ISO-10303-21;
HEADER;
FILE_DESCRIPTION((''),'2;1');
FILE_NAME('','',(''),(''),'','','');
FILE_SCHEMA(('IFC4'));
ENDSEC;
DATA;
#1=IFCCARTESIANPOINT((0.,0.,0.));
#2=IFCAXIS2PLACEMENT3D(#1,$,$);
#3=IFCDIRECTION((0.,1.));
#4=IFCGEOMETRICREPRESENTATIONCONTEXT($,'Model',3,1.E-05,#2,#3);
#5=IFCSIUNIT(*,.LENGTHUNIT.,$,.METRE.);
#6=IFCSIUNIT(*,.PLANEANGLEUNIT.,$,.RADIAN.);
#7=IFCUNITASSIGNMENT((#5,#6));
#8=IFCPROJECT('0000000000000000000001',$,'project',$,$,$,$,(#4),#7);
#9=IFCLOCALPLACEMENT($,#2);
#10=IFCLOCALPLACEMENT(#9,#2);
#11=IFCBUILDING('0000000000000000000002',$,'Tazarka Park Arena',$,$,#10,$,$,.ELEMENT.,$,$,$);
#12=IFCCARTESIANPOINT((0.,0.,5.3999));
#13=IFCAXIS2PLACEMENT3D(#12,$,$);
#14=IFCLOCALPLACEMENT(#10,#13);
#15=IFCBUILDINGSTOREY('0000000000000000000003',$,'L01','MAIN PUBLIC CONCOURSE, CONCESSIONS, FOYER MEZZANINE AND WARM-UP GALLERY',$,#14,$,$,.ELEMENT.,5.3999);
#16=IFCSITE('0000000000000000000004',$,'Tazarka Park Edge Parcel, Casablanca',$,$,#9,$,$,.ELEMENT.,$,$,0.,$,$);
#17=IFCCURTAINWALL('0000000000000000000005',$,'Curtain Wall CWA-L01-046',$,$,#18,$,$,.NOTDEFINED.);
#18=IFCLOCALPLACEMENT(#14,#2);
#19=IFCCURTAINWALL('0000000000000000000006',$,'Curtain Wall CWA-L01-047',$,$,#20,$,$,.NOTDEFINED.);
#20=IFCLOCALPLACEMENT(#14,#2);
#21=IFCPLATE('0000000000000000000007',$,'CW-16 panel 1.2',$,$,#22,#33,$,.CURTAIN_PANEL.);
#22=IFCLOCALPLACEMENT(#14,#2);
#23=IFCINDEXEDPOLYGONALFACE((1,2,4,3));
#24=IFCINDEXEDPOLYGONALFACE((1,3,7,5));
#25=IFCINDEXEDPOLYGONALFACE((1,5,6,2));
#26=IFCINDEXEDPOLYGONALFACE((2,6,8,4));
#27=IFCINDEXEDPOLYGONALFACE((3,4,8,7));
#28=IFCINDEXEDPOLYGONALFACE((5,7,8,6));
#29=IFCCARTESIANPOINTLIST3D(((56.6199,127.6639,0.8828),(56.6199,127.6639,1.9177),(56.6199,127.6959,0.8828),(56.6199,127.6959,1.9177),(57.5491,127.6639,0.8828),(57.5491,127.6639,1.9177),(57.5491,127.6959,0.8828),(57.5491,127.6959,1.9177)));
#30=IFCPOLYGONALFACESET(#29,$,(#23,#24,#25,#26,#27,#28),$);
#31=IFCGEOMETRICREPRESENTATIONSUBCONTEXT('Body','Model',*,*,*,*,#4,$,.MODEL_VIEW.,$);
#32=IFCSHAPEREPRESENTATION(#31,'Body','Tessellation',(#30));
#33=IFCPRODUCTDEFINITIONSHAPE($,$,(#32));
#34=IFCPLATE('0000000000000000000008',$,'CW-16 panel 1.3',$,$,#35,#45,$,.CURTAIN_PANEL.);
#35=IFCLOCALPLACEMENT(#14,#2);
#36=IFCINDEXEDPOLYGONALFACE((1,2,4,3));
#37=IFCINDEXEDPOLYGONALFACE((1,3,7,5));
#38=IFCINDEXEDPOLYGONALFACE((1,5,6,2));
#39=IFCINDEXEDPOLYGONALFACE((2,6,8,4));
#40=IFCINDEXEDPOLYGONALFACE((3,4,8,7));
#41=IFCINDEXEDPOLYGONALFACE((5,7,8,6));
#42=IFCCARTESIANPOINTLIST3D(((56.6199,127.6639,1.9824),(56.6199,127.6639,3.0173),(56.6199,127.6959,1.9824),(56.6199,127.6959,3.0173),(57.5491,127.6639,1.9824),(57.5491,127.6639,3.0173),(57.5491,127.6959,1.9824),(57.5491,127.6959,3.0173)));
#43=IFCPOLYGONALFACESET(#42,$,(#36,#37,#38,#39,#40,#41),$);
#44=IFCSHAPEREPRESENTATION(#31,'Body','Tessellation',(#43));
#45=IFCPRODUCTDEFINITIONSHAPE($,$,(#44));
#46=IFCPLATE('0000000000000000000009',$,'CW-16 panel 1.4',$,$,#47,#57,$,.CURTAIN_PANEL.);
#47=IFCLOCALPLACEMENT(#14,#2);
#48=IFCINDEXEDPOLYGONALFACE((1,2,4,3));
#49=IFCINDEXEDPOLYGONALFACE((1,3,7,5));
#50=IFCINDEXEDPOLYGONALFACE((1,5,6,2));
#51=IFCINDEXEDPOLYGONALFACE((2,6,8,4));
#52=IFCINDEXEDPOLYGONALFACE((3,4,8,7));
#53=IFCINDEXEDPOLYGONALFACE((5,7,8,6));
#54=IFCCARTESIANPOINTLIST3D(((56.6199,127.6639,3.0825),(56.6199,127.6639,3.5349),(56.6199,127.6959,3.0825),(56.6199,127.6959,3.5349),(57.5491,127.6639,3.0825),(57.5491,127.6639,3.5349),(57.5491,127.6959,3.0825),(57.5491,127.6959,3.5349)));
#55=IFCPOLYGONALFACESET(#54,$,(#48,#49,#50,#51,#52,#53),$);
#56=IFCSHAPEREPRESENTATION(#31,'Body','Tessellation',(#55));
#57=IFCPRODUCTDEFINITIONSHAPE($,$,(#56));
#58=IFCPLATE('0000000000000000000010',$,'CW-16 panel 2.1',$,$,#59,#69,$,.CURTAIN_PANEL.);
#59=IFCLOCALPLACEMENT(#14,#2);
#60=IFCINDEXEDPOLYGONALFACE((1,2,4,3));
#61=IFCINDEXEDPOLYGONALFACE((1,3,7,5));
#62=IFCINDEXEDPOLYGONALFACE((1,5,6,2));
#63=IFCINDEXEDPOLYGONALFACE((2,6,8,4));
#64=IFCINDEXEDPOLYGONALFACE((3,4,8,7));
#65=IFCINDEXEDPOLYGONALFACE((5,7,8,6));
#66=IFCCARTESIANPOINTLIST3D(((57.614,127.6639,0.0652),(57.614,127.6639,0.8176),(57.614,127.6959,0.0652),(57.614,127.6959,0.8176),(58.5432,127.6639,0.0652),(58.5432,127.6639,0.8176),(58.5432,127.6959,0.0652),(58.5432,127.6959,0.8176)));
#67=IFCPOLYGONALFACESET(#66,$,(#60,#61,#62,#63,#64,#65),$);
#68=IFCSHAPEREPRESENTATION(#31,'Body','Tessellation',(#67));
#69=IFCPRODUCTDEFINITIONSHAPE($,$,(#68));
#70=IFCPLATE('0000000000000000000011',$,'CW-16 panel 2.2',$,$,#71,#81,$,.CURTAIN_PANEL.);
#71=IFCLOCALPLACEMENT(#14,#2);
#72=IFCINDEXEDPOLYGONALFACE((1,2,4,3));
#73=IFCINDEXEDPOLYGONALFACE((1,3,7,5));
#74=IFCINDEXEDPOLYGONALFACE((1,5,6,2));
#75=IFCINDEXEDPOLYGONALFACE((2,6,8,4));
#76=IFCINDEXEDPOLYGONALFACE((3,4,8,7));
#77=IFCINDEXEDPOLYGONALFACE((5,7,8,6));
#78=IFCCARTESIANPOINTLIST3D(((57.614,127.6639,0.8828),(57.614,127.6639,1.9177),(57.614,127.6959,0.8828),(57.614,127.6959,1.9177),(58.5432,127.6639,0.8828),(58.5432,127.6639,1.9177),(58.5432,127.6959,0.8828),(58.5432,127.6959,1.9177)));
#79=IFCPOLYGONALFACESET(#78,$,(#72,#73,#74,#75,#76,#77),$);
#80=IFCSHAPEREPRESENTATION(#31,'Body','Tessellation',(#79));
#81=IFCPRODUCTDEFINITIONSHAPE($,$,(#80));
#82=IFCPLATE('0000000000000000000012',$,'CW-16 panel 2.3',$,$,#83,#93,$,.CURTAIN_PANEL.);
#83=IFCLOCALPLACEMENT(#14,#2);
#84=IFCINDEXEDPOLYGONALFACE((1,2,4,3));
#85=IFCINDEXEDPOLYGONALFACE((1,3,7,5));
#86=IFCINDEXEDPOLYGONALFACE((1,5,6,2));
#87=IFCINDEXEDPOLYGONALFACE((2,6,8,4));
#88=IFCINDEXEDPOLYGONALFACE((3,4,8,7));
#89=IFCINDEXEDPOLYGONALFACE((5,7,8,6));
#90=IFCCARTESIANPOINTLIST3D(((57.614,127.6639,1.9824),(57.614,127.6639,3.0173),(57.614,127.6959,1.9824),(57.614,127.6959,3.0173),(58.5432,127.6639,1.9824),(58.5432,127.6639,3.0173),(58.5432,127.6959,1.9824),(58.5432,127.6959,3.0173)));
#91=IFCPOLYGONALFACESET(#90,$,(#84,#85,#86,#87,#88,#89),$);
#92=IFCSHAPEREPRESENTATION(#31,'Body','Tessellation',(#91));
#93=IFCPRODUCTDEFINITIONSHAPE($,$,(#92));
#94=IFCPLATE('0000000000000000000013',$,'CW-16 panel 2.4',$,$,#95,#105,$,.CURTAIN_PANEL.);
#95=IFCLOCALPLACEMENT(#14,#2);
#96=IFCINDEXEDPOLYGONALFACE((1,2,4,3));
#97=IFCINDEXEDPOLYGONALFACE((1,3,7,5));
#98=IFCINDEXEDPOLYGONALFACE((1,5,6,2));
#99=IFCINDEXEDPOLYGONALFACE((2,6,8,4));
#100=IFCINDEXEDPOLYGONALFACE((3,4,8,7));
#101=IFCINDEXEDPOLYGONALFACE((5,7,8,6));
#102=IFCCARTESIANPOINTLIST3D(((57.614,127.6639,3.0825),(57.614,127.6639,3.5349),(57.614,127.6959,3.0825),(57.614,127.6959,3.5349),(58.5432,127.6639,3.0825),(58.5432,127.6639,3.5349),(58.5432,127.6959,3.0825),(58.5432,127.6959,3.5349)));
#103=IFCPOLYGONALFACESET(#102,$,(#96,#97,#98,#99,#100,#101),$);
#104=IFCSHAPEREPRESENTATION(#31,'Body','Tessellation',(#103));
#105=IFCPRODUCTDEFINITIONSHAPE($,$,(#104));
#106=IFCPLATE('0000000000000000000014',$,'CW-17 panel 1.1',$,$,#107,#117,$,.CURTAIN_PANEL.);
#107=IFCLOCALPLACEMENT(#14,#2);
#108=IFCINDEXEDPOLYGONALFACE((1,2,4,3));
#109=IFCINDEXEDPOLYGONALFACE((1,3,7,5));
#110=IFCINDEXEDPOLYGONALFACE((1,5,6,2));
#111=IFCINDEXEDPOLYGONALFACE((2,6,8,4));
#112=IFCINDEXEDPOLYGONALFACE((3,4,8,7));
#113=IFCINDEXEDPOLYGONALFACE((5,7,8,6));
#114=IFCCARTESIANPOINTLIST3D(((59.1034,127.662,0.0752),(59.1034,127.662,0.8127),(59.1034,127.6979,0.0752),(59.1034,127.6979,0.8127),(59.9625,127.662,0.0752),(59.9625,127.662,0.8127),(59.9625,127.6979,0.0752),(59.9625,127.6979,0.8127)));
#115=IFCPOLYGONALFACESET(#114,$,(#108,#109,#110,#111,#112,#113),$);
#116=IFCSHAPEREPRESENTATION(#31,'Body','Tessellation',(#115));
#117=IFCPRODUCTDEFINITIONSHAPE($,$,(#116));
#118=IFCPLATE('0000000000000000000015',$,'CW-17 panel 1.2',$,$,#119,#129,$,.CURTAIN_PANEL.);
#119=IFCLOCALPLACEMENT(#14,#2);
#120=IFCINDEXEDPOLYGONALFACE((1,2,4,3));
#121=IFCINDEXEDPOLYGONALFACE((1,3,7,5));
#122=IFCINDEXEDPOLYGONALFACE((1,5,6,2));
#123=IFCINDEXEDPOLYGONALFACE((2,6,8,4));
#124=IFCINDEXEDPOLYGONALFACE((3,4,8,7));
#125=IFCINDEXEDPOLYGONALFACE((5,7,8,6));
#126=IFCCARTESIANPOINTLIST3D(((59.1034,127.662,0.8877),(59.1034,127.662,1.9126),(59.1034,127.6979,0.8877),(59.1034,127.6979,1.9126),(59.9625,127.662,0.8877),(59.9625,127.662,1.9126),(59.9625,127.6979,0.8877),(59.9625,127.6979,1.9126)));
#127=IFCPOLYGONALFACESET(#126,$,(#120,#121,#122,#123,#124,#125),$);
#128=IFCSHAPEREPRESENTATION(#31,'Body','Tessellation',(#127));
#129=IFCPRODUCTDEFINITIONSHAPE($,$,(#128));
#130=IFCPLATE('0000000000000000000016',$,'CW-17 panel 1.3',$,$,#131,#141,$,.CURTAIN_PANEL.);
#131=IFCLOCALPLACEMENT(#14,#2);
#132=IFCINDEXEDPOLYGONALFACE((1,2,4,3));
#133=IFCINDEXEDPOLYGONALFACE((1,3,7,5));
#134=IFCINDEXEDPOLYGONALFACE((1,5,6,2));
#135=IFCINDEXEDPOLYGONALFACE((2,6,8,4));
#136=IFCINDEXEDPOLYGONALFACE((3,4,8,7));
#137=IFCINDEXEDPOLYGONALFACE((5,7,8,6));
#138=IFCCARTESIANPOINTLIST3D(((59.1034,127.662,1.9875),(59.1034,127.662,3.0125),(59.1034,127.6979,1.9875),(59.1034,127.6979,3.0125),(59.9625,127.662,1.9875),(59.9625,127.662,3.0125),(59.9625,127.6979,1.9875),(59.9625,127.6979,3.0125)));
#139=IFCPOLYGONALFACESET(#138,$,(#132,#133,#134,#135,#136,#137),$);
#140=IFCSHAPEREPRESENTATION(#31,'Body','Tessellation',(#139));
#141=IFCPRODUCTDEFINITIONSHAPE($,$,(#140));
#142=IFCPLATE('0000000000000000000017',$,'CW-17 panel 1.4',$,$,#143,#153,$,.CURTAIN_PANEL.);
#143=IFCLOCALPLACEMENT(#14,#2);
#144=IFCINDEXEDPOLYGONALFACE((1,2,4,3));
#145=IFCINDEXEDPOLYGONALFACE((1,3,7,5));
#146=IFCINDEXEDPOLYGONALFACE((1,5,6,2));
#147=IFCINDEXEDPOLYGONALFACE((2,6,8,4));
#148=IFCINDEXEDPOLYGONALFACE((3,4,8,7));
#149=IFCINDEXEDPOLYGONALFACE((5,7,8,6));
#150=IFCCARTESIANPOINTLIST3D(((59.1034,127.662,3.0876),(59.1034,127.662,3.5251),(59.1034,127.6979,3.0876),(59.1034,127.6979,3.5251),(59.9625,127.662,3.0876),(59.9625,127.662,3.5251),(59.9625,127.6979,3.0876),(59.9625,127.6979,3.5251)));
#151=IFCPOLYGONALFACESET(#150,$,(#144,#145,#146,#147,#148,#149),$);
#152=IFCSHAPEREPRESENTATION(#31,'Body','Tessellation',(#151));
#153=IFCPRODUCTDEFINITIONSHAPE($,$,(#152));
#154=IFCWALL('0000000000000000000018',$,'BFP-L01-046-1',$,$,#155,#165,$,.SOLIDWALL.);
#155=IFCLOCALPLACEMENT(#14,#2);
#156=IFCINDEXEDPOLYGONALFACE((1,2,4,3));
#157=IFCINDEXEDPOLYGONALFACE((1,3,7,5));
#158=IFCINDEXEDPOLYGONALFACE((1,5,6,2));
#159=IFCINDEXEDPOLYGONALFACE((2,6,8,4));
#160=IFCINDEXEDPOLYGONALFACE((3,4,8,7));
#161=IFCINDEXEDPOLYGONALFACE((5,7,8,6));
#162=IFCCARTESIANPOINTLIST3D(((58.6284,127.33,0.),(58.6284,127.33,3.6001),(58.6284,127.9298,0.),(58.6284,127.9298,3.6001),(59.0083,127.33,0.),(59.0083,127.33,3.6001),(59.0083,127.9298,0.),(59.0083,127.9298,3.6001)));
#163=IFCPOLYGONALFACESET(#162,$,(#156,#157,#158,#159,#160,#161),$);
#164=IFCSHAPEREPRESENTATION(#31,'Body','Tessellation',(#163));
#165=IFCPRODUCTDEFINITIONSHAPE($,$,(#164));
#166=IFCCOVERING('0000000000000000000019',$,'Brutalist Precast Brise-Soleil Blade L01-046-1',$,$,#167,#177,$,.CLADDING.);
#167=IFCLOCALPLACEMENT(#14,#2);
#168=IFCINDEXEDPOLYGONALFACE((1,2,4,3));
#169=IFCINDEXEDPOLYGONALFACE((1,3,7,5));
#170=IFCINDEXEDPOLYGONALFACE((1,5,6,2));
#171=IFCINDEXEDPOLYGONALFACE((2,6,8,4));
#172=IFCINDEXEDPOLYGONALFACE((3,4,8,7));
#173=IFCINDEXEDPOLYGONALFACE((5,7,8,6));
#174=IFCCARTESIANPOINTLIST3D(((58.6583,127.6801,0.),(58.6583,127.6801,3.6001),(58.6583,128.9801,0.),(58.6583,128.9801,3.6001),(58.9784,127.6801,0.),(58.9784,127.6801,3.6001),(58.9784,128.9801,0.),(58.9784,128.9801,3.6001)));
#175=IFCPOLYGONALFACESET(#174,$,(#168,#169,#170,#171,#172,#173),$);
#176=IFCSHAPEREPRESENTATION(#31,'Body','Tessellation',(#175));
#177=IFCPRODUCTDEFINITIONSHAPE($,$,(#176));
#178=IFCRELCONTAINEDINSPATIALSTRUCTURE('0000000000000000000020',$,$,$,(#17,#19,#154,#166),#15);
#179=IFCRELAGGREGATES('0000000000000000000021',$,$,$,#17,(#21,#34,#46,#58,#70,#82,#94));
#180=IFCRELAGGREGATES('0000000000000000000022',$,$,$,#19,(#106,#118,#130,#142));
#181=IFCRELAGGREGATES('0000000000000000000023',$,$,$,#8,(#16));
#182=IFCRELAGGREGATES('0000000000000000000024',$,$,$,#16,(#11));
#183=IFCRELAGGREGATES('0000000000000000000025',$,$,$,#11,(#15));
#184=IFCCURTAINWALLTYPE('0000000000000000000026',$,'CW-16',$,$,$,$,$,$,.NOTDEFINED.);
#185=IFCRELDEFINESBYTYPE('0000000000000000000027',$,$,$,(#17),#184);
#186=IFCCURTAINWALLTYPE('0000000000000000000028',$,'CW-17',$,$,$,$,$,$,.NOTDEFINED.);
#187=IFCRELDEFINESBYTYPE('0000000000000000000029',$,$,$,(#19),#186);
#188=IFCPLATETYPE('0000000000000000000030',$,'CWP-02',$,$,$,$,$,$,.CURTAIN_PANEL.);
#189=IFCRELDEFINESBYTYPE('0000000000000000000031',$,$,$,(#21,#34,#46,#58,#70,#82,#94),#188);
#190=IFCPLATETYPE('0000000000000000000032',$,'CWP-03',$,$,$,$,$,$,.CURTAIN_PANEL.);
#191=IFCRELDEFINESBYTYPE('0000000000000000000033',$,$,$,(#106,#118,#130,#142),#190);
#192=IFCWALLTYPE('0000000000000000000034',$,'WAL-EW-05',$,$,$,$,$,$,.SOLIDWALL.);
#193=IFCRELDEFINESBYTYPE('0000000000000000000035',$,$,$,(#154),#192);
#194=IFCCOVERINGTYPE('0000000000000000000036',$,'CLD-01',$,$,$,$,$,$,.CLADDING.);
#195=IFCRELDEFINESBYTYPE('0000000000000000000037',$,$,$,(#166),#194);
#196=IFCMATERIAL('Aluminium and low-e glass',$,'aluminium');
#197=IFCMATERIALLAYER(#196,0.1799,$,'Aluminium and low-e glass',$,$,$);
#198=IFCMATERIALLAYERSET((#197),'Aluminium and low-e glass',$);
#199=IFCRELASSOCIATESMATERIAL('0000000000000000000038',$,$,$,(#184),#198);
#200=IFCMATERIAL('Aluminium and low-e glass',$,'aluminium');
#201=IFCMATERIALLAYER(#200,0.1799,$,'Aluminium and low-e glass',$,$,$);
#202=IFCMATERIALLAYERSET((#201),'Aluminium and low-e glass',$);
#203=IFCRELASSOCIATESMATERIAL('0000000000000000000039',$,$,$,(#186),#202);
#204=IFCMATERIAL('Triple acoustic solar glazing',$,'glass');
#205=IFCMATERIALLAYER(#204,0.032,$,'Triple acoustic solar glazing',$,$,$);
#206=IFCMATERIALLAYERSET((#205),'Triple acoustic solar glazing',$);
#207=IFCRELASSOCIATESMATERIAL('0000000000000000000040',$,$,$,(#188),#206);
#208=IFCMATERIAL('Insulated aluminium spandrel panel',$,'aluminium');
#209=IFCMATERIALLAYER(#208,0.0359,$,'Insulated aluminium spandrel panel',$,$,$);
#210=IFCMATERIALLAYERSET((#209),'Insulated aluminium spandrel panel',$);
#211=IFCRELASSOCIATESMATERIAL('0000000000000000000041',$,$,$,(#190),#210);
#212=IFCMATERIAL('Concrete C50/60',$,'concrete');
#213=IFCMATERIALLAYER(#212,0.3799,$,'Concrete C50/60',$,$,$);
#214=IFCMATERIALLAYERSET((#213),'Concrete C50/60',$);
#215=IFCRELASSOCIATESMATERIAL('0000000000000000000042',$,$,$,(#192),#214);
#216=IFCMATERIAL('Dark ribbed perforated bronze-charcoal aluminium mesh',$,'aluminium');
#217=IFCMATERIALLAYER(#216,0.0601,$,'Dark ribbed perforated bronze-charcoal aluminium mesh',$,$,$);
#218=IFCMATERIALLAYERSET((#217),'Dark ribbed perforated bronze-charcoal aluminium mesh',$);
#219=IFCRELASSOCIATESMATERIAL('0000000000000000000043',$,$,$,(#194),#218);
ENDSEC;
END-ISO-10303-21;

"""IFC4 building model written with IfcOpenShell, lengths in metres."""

from ifc_helpers import new_model, si_unit, direction, frame, frame_2d, origin, origin_2d, place, context, subcontext, project, spatial, rectangle, extrude, material, layer, layer_set, type_object, element, aggregate, save


model = new_model("IFC4")

# Units and contexts
model_context = context("Model", 3, precision=1e-05, world=origin(), true_north=direction((0.0, 1.0)))
body_context = subcontext(model_context, "Body", "Model", "MODEL_VIEW")
ifc_project = project(units=[si_unit("LENGTHUNIT", "METRE"), si_unit("PLANEANGLEUNIT", "RADIAN")], contexts=[model_context])

# Site, building, storey
site_placement = place(None, origin())
site = spatial("IfcSite", under=ifc_project, at=site_placement, Name="Tazarka Park Edge Parcel, Casablanca", CompositionType="ELEMENT", RefElevation=0.0)
building_placement = place(site_placement, origin())
building = spatial("IfcBuilding", under=site, at=building_placement, Name="Tazarka Park Arena", CompositionType="ELEMENT")
storey_placement = place(building_placement, frame((0.0, 0.0, 5.3999)))
storey = spatial("IfcBuildingStorey", under=building, at=storey_placement, Name="L01", Description="MAIN PUBLIC CONCOURSE, CONCESSIONS, FOYER MEZZANINE AND WARM-UP GALLERY", CompositionType="ELEMENT", Elevation=5.3999)

# Curtain wall
ifc_material_1 = material(Name="Aluminium and low-e glass", Category="aluminium")
ifc_layer_1 = layer(ifc_material_1, 0.1799, Name="Aluminium and low-e glass")
ifc_layer_set_1 = layer_set([ifc_layer_1], Name="Aluminium and low-e glass")
curtain_wall_type_1 = type_object("IfcCurtainWallType", Name="CW-16", PredefinedType="NOTDEFINED", material=ifc_layer_set_1)
curtain_wall_1_placement = place(storey_placement, origin())
curtain_wall_1 = element("IfcCurtainWall", 1, at=curtain_wall_1_placement, inside=storey, type_object=curtain_wall_type_1, Name="Curtain Wall CWA-L01-046", PredefinedType="NOTDEFINED")

# Curtain wall
ifc_material_2 = material(Name="Aluminium and low-e glass", Category="aluminium")
ifc_layer_2 = layer(ifc_material_2, 0.1799, Name="Aluminium and low-e glass")
ifc_layer_set_2 = layer_set([ifc_layer_2], Name="Aluminium and low-e glass")
curtain_wall_type_2 = type_object("IfcCurtainWallType", Name="CW-17", PredefinedType="NOTDEFINED", material=ifc_layer_set_2)
curtain_wall_2_placement = place(storey_placement, origin())
curtain_wall_2 = element("IfcCurtainWall", 2, at=curtain_wall_2_placement, inside=storey, type_object=curtain_wall_type_2, Name="Curtain Wall CWA-L01-047", PredefinedType="NOTDEFINED")

# Plates
ifc_material_3 = material(Name="Triple acoustic solar glazing", Category="glass")
ifc_layer_3 = layer(ifc_material_3, 0.032, Name="Triple acoustic solar glazing")
ifc_layer_set_3 = layer_set([ifc_layer_3], Name="Triple acoustic solar glazing")
plate_type_1 = type_object("IfcPlateType", Name="CWP-02", PredefinedType="CURTAIN_PANEL", material=ifc_layer_set_3)
plate_1_placement = place(storey_placement, frame((57.0845, 127.6799, 0.8828), z_axis=(0.0, 0.0, 1.0), x_axis=(1.0, 0.0, 0.0)))
plate_1 = element("IfcPlate", 3, at=plate_1_placement, type_object=plate_type_1, Name="CW-16 panel 1.2", PredefinedType="CURTAIN_PANEL", context=body_context, shape_type="SweptSolid", body=[
    extrude(rectangle(XDim=0.9292, YDim=0.032, at=origin_2d()), origin(), (0.0, 0.0, 1.0), 1.0349),
])
plate_2_placement = place(storey_placement, frame((57.0845, 127.6799, 1.9824), z_axis=(0.0, 0.0, 1.0), x_axis=(1.0, 0.0, 0.0)))
plate_2 = element("IfcPlate", 4, at=plate_2_placement, type_object=plate_type_1, Name="CW-16 panel 1.3", PredefinedType="CURTAIN_PANEL", context=body_context, shape_type="SweptSolid", body=[
    extrude(rectangle(XDim=0.9292, YDim=0.032, at=origin_2d()), origin(), (0.0, 0.0, 1.0), 1.0349),
])
plate_3_placement = place(storey_placement, frame((57.0845, 127.6799, 3.0825), z_axis=(0.0, 0.0, 1.0), x_axis=(1.0, 0.0, 0.0)))
plate_3 = element("IfcPlate", 5, at=plate_3_placement, type_object=plate_type_1, Name="CW-16 panel 1.4", PredefinedType="CURTAIN_PANEL", context=body_context, shape_type="SweptSolid", body=[
    extrude(rectangle(XDim=0.9292, YDim=0.032, at=origin_2d()), origin(), (0.0, 0.0, 1.0), 0.4524),
])
plate_4_placement = place(storey_placement, frame((58.0786, 127.6799, 0.0652), z_axis=(0.0, 0.0, 1.0), x_axis=(1.0, 0.0, 0.0)))
plate_4 = element("IfcPlate", 6, at=plate_4_placement, type_object=plate_type_1, Name="CW-16 panel 2.1", PredefinedType="CURTAIN_PANEL", context=body_context, shape_type="SweptSolid", body=[
    extrude(rectangle(XDim=0.9292, YDim=0.032, at=origin_2d()), origin(), (0.0, 0.0, 1.0), 0.7524),
])
plate_5_placement = place(storey_placement, frame((58.0786, 127.6799, 0.8828), z_axis=(0.0, 0.0, 1.0), x_axis=(1.0, 0.0, 0.0)))
plate_5 = element("IfcPlate", 7, at=plate_5_placement, type_object=plate_type_1, Name="CW-16 panel 2.2", PredefinedType="CURTAIN_PANEL", context=body_context, shape_type="SweptSolid", body=[
    extrude(rectangle(XDim=0.9292, YDim=0.032, at=origin_2d()), origin(), (0.0, 0.0, 1.0), 1.0349),
])
plate_6_placement = place(storey_placement, frame((58.0786, 127.6799, 1.9824), z_axis=(0.0, 0.0, 1.0), x_axis=(1.0, 0.0, 0.0)))
plate_6 = element("IfcPlate", 8, at=plate_6_placement, type_object=plate_type_1, Name="CW-16 panel 2.3", PredefinedType="CURTAIN_PANEL", context=body_context, shape_type="SweptSolid", body=[
    extrude(rectangle(XDim=0.9292, YDim=0.032, at=origin_2d()), origin(), (0.0, 0.0, 1.0), 1.0349),
])
plate_7_placement = place(storey_placement, frame((58.0786, 127.6799, 3.0825), z_axis=(0.0, 0.0, 1.0), x_axis=(1.0, 0.0, 0.0)))
plate_7 = element("IfcPlate", 9, at=plate_7_placement, type_object=plate_type_1, Name="CW-16 panel 2.4", PredefinedType="CURTAIN_PANEL", context=body_context, shape_type="SweptSolid", body=[
    extrude(rectangle(XDim=0.9292, YDim=0.032, at=origin_2d()), origin(), (0.0, 0.0, 1.0), 0.4524),
])
aggregate(curtain_wall_1, [plate_1, plate_2, plate_3, plate_4, plate_5, plate_6, plate_7])
ifc_material_4 = material(Name="Insulated aluminium spandrel panel", Category="aluminium")
ifc_layer_4 = layer(ifc_material_4, 0.0359, Name="Insulated aluminium spandrel panel")
ifc_layer_set_4 = layer_set([ifc_layer_4], Name="Insulated aluminium spandrel panel")
plate_type_2 = type_object("IfcPlateType", Name="CWP-03", PredefinedType="CURTAIN_PANEL", material=ifc_layer_set_4)
plate_8_placement = place(storey_placement, frame((59.533, 127.6799, 0.0752), z_axis=(0.0, 0.0, 1.0), x_axis=(1.0, 0.0, 0.0)))
plate_8 = element("IfcPlate", 10, at=plate_8_placement, type_object=plate_type_2, Name="CW-17 panel 1.1", PredefinedType="CURTAIN_PANEL", context=body_context, shape_type="SweptSolid", body=[
    extrude(rectangle(XDim=0.8591, YDim=0.0359, at=origin_2d()), origin(), (0.0, 0.0, 1.0), 0.7375),
])
plate_9_placement = place(storey_placement, frame((59.533, 127.6799, 0.8877), z_axis=(0.0, 0.0, 1.0), x_axis=(1.0, 0.0, 0.0)))
plate_9 = element("IfcPlate", 11, at=plate_9_placement, type_object=plate_type_2, Name="CW-17 panel 1.2", PredefinedType="CURTAIN_PANEL", context=body_context, shape_type="SweptSolid", body=[
    extrude(rectangle(XDim=0.8591, YDim=0.0359, at=origin_2d()), origin(), (0.0, 0.0, 1.0), 1.0249),
])
plate_10_placement = place(storey_placement, frame((59.533, 127.6799, 1.9875), z_axis=(0.0, 0.0, 1.0), x_axis=(1.0, 0.0, 0.0)))
plate_10 = element("IfcPlate", 12, at=plate_10_placement, type_object=plate_type_2, Name="CW-17 panel 1.3", PredefinedType="CURTAIN_PANEL", context=body_context, shape_type="SweptSolid", body=[
    extrude(rectangle(XDim=0.8591, YDim=0.0359, at=origin_2d()), origin(), (0.0, 0.0, 1.0), 1.0249),
])
plate_11_placement = place(storey_placement, frame((59.533, 127.6799, 3.0876), z_axis=(0.0, 0.0, 1.0), x_axis=(1.0, 0.0, 0.0)))
plate_11 = element("IfcPlate", 13, at=plate_11_placement, type_object=plate_type_2, Name="CW-17 panel 1.4", PredefinedType="CURTAIN_PANEL", context=body_context, shape_type="SweptSolid", body=[
    extrude(rectangle(XDim=0.8591, YDim=0.0359, at=origin_2d()), origin(), (0.0, 0.0, 1.0), 0.4375),
])
aggregate(curtain_wall_2, [plate_8, plate_9, plate_10, plate_11])

# Wall
ifc_material_5 = material(Name="Concrete C50/60", Category="concrete")
ifc_layer_5 = layer(ifc_material_5, 0.3799, Name="Concrete C50/60")
ifc_layer_set_5 = layer_set([ifc_layer_5], Name="Concrete C50/60")
wall_type = type_object("IfcWallType", Name="WAL-EW-05", PredefinedType="SOLIDWALL", material=ifc_layer_set_5)
wall_placement = place(storey_placement, frame((58.8184, 127.3301, 0.0), z_axis=(0.0, 0.0, 1.0), x_axis=(0.0, 1.0, 0.0)))
element("IfcWall", 14, at=wall_placement, inside=storey, type_object=wall_type, Name="BFP-L01-046-1", PredefinedType="SOLIDWALL", context=body_context, shape_type="SweptSolid", body=[
    extrude(rectangle(XDim=0.5999, YDim=0.3799, at=frame_2d((0.2998, 0.0))), origin(), (0.0, 0.0, 1.0), 3.6001),
])

# Covering
ifc_material_6 = material(Name="Dark ribbed perforated bronze-charcoal aluminium mesh", Category="aluminium")
ifc_layer_6 = layer(ifc_material_6, 0.0601, Name="Dark ribbed perforated bronze-charcoal aluminium mesh")
ifc_layer_set_6 = layer_set([ifc_layer_6], Name="Dark ribbed perforated bronze-charcoal aluminium mesh")
covering_type = type_object("IfcCoveringType", Name="CLD-01", PredefinedType="CLADDING", material=ifc_layer_set_6)
covering_placement = place(storey_placement, frame((58.8184, 128.3301, 0.0), z_axis=(0.0, 0.0, 1.0), x_axis=(1.0, 0.0, 0.0)))
element("IfcCovering", 15, at=covering_placement, inside=storey, type_object=covering_type, Name="Brutalist Precast Brise-Soleil Blade L01-046-1", PredefinedType="CLADDING", context=body_context, shape_type="SweptSolid", body=[
    extrude(rectangle(XDim=0.3201, YDim=1.3, at=origin_2d()), origin(), (0.0, 0.0, 1.0), 3.6001),
])

save(model, "model.ifc")
